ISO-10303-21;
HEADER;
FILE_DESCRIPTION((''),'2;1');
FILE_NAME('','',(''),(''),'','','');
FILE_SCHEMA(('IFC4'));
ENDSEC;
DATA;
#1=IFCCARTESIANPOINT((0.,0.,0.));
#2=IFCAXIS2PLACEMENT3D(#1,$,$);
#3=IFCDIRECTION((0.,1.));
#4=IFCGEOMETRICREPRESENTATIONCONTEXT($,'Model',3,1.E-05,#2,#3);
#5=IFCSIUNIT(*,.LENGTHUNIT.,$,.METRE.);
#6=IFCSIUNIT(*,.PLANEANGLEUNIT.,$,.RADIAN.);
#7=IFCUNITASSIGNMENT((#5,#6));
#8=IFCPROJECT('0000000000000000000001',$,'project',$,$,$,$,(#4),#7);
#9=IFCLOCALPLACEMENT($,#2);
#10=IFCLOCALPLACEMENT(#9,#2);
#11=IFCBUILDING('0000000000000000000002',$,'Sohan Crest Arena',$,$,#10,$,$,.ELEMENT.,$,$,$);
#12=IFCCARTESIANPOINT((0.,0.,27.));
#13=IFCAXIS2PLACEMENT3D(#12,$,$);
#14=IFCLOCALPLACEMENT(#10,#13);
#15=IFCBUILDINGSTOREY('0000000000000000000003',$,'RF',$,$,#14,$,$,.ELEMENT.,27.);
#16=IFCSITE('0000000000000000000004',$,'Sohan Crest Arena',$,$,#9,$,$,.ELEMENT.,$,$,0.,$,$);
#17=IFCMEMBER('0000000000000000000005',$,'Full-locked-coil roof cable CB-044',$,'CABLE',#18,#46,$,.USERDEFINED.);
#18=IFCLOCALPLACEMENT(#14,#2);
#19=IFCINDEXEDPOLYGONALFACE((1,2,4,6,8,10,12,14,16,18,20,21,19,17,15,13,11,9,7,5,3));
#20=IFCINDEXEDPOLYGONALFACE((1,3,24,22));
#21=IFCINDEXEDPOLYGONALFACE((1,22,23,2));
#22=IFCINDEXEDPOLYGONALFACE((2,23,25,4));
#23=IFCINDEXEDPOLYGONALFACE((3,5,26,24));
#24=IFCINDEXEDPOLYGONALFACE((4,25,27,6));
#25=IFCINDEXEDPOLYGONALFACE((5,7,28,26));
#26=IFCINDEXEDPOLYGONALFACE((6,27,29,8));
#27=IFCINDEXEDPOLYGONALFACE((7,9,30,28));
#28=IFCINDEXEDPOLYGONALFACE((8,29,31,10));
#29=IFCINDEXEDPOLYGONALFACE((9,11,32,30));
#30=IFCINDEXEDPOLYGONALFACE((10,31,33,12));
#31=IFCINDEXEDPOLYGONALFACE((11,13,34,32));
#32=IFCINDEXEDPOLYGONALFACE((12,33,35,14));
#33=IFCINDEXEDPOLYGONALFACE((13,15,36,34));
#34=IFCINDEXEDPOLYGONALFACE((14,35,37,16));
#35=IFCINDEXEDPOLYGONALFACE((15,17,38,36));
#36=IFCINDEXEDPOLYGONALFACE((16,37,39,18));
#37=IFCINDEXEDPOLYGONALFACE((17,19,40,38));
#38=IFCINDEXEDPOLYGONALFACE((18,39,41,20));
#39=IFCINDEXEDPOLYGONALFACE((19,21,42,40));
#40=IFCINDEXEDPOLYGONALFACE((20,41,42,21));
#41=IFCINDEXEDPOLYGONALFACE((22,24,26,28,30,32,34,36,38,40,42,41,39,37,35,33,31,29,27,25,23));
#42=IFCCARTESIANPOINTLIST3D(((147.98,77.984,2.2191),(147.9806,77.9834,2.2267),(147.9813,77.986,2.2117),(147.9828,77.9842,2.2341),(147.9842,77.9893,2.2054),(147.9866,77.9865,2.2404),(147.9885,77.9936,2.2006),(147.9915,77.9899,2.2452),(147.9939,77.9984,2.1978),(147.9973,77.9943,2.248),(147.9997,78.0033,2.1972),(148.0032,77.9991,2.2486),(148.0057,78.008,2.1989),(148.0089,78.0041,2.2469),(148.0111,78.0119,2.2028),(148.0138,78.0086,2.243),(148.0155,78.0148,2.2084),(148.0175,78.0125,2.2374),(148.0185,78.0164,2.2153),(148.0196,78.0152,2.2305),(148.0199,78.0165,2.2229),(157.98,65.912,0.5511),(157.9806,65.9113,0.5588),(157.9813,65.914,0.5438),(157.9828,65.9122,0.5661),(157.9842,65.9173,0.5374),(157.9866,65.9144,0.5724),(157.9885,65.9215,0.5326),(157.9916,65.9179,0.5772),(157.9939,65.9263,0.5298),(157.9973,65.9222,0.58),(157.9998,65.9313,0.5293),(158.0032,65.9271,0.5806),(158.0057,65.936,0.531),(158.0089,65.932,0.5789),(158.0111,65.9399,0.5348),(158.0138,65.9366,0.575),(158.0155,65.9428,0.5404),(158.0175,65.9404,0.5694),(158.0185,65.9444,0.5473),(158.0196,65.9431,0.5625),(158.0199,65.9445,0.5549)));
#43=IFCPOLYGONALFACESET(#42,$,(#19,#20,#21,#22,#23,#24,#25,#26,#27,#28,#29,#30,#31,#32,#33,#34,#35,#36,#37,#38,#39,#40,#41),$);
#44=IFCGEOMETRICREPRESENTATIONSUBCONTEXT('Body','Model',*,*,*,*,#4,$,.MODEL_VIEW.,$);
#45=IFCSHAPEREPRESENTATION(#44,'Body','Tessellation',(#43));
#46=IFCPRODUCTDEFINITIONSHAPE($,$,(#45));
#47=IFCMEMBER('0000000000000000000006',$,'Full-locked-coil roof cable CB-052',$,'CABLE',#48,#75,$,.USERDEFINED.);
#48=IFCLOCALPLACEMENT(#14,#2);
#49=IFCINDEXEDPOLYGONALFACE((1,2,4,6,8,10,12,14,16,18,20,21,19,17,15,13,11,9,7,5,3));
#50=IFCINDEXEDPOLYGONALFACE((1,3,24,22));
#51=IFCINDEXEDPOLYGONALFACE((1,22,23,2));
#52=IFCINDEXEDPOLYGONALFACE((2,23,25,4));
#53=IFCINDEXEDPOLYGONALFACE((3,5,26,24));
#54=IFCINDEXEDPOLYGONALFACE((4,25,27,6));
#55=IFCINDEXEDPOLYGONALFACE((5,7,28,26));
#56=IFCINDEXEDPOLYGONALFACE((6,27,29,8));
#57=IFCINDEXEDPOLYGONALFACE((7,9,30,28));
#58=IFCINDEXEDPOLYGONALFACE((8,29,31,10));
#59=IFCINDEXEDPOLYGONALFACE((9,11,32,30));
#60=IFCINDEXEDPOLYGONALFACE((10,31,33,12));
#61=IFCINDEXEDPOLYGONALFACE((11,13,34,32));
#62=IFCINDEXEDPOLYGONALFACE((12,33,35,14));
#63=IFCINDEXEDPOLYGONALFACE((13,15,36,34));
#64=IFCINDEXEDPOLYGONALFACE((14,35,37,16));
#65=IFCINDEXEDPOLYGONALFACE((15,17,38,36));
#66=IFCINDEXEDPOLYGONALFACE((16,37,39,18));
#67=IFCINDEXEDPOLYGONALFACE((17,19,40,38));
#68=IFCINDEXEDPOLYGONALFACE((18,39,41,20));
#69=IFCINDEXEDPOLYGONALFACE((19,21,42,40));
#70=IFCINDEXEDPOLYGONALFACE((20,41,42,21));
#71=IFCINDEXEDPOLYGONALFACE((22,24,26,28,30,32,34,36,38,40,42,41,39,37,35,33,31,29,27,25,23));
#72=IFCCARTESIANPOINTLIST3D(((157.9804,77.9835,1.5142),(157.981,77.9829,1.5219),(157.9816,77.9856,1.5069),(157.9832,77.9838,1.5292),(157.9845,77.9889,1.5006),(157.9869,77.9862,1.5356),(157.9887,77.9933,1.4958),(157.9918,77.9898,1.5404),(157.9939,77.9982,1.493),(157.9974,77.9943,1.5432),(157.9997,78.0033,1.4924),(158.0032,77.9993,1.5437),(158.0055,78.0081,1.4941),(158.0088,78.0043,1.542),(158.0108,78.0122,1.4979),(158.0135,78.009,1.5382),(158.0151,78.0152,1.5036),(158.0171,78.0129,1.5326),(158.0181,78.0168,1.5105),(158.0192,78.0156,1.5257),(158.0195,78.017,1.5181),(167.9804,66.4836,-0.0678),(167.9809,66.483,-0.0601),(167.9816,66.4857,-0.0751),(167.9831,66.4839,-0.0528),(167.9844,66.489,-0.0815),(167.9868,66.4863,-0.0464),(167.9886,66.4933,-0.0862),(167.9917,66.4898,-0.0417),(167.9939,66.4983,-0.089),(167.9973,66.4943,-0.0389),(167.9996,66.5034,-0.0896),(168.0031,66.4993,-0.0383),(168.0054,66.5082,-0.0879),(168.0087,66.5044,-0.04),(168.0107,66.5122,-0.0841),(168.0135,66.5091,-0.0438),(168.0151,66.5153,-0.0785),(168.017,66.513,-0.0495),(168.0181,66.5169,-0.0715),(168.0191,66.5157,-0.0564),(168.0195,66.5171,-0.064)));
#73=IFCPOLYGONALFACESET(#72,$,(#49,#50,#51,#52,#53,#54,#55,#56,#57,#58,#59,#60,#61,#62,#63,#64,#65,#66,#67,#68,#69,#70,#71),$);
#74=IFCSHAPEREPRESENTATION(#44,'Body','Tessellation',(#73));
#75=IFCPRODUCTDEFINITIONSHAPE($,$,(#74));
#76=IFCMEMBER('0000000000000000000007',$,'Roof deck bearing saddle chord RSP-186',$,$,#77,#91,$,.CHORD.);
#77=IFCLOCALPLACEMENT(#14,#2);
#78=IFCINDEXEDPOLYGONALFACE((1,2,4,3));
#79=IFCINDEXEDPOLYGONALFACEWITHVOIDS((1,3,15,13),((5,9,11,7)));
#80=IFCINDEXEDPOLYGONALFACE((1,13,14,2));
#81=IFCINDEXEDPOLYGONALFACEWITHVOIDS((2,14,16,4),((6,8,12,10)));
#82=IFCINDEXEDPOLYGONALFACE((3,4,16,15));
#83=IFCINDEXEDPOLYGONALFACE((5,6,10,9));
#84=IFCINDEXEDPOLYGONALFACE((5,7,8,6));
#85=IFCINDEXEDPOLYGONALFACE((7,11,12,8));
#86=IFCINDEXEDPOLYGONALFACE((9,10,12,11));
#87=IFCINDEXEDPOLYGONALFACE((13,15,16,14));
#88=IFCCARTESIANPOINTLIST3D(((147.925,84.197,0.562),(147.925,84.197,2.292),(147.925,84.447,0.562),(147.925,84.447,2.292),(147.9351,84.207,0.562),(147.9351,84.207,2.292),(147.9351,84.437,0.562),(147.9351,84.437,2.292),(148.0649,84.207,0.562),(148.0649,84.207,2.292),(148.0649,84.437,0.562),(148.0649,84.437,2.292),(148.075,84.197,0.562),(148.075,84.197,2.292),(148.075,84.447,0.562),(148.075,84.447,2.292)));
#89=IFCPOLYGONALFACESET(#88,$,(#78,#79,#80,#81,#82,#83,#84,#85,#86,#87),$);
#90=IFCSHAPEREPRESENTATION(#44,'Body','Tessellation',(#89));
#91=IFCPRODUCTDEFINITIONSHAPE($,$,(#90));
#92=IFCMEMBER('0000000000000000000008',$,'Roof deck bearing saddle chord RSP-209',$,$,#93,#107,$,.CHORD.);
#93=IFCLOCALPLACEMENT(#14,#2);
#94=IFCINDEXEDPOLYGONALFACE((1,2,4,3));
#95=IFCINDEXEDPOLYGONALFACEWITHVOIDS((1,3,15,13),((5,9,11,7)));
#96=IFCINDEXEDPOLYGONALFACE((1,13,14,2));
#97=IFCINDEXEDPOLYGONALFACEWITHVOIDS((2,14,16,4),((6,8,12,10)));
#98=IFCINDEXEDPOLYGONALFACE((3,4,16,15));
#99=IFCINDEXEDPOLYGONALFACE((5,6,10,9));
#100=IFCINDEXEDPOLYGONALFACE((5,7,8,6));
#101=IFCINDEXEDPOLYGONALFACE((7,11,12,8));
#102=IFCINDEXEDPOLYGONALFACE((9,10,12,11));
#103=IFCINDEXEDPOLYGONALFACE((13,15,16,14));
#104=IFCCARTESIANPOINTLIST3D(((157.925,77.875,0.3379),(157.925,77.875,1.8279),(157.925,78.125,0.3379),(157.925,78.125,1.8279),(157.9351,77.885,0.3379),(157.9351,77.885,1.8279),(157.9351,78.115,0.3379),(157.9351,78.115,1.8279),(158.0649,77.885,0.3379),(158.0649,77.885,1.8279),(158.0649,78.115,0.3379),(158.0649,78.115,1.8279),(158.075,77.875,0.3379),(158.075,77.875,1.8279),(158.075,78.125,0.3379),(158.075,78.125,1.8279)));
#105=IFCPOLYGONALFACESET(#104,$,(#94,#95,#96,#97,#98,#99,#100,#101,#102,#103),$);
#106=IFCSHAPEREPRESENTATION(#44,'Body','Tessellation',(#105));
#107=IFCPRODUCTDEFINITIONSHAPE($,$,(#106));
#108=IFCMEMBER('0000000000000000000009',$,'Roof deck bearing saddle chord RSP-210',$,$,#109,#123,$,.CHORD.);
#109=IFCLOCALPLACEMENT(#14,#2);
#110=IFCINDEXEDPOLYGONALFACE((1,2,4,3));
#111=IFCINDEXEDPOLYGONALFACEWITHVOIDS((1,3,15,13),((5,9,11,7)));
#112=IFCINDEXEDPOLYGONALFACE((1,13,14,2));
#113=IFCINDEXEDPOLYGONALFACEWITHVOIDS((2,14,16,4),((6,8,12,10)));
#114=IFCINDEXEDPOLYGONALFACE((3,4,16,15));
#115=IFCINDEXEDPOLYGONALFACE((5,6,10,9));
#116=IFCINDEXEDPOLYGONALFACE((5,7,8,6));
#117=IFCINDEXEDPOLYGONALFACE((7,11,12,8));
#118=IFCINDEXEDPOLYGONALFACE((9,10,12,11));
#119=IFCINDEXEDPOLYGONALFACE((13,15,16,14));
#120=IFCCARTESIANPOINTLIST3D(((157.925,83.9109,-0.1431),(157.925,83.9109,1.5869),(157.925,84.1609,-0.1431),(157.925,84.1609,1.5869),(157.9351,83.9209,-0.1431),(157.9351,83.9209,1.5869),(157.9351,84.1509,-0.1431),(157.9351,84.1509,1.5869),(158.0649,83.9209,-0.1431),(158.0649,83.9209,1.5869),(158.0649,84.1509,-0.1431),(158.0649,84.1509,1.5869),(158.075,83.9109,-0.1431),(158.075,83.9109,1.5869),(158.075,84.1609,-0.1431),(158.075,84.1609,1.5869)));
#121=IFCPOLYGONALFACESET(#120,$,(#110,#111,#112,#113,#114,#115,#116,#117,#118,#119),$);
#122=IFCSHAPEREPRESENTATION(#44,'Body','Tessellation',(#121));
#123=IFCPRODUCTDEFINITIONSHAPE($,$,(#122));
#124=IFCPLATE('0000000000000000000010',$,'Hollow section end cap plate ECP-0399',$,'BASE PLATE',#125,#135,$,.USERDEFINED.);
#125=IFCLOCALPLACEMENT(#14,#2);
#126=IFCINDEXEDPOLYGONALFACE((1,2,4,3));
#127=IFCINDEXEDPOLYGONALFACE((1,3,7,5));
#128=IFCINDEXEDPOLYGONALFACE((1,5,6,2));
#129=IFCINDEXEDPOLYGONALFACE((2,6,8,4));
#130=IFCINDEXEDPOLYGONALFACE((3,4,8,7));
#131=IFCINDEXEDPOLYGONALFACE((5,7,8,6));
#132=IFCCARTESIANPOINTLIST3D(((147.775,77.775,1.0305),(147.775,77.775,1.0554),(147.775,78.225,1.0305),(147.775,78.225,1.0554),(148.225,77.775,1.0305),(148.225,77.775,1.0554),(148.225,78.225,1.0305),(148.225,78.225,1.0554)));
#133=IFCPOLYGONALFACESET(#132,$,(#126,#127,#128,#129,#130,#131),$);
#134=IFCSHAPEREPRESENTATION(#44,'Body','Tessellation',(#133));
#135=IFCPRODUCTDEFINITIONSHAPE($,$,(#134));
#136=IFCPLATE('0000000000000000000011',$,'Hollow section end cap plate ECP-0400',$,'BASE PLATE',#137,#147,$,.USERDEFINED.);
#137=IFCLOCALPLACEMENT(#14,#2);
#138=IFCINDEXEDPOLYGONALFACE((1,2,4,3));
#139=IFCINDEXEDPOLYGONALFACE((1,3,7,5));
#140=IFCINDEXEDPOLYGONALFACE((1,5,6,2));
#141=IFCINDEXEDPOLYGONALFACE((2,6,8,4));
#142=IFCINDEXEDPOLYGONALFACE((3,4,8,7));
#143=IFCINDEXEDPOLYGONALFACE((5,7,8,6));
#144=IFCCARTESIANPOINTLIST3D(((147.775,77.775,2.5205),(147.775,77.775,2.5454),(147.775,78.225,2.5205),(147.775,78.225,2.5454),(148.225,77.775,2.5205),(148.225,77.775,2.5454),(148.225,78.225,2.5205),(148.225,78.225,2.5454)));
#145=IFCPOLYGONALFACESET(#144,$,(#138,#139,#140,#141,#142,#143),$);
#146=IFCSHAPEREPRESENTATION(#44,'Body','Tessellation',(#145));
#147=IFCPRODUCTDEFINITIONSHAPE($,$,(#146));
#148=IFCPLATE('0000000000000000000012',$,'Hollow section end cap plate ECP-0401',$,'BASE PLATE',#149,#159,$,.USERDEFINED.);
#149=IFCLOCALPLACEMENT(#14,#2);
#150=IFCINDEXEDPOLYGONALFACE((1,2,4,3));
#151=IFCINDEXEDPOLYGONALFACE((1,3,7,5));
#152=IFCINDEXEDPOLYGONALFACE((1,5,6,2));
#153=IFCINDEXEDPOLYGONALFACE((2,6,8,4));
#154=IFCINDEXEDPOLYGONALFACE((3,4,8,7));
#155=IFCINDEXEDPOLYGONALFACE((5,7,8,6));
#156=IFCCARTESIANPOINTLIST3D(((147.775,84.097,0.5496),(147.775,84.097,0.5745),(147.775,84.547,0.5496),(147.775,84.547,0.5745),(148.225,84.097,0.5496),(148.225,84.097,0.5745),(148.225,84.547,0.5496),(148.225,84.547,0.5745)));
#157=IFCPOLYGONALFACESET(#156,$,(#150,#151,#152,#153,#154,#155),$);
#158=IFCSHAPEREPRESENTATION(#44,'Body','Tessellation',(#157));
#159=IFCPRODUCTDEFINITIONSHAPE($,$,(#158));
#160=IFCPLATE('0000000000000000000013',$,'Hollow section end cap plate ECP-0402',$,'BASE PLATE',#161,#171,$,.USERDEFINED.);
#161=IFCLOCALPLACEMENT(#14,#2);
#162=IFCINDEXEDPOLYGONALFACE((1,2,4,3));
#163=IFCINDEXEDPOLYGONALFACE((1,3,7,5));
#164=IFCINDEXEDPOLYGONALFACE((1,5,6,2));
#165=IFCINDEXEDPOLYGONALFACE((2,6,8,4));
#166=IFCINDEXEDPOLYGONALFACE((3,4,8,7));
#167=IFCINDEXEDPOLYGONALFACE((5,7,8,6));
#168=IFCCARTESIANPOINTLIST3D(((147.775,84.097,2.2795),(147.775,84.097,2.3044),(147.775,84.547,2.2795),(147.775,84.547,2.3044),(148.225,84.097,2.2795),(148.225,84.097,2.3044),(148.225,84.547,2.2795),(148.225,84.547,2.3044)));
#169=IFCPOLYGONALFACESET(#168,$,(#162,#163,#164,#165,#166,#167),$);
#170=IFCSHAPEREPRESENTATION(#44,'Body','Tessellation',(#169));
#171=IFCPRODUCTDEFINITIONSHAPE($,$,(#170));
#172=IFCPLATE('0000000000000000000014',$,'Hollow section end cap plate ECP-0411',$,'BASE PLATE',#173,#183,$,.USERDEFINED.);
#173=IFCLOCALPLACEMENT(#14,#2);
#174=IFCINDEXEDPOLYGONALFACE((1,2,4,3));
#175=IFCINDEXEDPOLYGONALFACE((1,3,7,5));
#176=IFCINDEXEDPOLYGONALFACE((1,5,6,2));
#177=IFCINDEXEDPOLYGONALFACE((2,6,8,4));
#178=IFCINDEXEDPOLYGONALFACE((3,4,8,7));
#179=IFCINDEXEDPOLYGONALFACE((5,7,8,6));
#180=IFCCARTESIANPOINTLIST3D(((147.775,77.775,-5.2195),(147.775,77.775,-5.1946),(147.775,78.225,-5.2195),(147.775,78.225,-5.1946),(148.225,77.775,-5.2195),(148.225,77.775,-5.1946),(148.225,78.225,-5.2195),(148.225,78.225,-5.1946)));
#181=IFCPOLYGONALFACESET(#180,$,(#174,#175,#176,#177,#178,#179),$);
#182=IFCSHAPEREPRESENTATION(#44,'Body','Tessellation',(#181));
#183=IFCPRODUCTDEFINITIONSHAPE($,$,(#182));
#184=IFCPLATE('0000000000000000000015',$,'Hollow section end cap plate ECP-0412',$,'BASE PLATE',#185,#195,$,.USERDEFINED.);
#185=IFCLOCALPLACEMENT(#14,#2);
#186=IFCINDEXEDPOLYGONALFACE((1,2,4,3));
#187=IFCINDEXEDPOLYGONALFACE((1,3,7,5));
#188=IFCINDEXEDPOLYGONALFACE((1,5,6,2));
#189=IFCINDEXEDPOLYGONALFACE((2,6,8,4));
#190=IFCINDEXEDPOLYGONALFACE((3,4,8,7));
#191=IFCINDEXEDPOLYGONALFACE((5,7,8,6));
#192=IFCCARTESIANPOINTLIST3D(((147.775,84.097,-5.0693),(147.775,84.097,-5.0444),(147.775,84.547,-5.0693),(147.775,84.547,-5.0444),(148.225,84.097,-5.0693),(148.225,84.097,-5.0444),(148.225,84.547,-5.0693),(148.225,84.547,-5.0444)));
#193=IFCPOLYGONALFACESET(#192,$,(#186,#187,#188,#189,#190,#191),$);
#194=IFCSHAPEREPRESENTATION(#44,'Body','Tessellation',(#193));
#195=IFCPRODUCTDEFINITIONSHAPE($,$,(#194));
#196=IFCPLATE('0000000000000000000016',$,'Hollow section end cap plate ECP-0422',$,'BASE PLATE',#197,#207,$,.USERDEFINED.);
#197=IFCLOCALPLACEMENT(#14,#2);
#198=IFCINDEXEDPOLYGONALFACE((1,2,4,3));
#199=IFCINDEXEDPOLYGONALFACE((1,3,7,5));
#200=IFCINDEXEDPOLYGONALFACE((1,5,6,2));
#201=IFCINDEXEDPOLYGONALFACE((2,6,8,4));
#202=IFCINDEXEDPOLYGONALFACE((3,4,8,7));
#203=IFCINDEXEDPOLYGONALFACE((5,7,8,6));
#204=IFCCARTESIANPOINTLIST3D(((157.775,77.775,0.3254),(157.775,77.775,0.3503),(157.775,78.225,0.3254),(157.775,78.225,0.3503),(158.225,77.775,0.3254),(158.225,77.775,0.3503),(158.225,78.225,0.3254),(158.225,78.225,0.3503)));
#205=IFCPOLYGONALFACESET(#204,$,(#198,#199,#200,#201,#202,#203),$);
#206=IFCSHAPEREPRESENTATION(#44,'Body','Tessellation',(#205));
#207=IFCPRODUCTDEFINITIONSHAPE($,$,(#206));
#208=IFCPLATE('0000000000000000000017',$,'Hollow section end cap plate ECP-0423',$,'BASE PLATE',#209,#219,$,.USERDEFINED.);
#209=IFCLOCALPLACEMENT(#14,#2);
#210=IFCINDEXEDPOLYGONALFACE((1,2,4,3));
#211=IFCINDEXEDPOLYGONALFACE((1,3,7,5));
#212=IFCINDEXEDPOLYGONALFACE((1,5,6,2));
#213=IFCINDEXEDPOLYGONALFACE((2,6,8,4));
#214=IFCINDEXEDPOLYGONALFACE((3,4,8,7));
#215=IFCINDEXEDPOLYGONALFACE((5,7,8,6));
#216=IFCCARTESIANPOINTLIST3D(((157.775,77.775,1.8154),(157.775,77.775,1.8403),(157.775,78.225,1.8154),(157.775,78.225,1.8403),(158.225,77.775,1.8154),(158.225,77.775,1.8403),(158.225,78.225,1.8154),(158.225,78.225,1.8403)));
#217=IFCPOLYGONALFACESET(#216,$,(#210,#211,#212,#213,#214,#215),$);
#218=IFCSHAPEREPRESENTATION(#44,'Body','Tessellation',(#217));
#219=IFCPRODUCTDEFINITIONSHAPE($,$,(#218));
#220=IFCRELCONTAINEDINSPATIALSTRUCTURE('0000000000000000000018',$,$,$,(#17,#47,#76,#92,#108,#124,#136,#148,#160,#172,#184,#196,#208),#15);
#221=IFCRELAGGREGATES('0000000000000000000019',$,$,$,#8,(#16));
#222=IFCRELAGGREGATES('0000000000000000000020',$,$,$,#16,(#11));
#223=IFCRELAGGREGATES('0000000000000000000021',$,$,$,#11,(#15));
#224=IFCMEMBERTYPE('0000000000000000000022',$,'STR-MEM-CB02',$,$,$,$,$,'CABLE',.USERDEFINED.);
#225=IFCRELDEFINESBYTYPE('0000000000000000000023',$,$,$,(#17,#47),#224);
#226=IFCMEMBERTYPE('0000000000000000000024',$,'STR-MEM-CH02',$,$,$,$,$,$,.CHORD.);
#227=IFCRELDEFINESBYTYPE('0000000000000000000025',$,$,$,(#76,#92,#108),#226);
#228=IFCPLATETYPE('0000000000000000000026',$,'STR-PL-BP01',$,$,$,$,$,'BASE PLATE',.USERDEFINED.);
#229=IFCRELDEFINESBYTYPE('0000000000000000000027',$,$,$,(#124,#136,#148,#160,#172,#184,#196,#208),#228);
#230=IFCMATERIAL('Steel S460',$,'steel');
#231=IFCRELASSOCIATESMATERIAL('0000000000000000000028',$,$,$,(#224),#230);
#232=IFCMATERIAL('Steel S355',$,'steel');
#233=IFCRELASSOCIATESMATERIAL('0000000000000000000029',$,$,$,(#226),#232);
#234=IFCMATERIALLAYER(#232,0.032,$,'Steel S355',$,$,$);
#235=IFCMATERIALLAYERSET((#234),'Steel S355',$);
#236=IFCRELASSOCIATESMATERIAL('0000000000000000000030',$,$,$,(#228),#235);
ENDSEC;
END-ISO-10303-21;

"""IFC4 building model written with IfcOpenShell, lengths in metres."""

from ifc_helpers import new_model, si_unit, direction, frame, origin, origin_2d, place, context, subcontext, project, spatial, rectangle, hollow_rectangle, circle, extrude, material, layer, layer_set, material_profile, profile_set, type_object, element, save


model = new_model("IFC4")

# Units and contexts
model_context = context("Model", 3, precision=1e-05, world=origin(), true_north=direction((0.0, 1.0)))
body_context = subcontext(model_context, "Body", "Model", "MODEL_VIEW")
ifc_project = project(units=[si_unit("LENGTHUNIT", "METRE"), si_unit("PLANEANGLEUNIT", "RADIAN")], contexts=[model_context])

# Site, building, storey
site_placement = place(None, origin())
site = spatial("IfcSite", under=ifc_project, at=site_placement, Name="Sohan Crest Arena", CompositionType="ELEMENT", RefElevation=0.0)
building_placement = place(site_placement, origin())
building = spatial("IfcBuilding", under=site, at=building_placement, Name="Sohan Crest Arena", CompositionType="ELEMENT")
storey_placement = place(building_placement, frame((0.0, 0.0, 27.0)))
storey = spatial("IfcBuildingStorey", under=building, at=storey_placement, Name="RF", CompositionType="ELEMENT", Elevation=27.0)

# Shared definitions
ifc_material_1 = material(Name="Steel S355", Category="steel")

# Members
ifc_material_2 = material(Name="Steel S460", Category="steel")
ifc_material_profile_1 = material_profile(ifc_material_2, circle(Radius=0.0259, at=origin_2d()), Name="FLC D52")
ifc_profile_set_1 = profile_set([ifc_material_profile_1], Name="Steel S460")
member_type_1 = type_object("IfcMemberType", Name="STR-MEM-CB02", ElementType="CABLE", PredefinedType="USERDEFINED", material=ifc_profile_set_1)
member_1_placement = place(storey_placement, frame((148.0, 78.0, 2.2229), z_axis=(0.634341, -0.765778, -0.105806), x_axis=(0.770101, 0.637922, 0.0)))
element("IfcMember", 1, at=member_1_placement, inside=storey, type_object=member_type_1, Name="Full-locked-coil roof cable CB-044", ObjectType="CABLE", PredefinedType="USERDEFINED", context=body_context, shape_type="SweptSolid", body=[
    extrude(circle(Radius=0.0259, at=origin_2d()), origin(), (0.0, 0.0, 1.0), 15.7644),
])
member_2_placement = place(storey_placement, frame((158.0, 78.0, 1.5181), z_axis=(0.652671, -0.750572, -0.103255), x_axis=(0.754606, 0.656179, 0.0)))
element("IfcMember", 2, at=member_2_placement, inside=storey, type_object=member_type_1, Name="Full-locked-coil roof cable CB-052", ObjectType="CABLE", PredefinedType="USERDEFINED", context=body_context, shape_type="SweptSolid", body=[
    extrude(circle(Radius=0.0259, at=origin_2d()), origin(), (0.0, 0.0, 1.0), 15.3215),
])
ifc_material_profile_2 = material_profile(ifc_material_1, hollow_rectangle(XDim=0.1499, YDim=0.25, WallThickness=0.01, at=origin_2d()), Name="RHS 250x150x10")
ifc_profile_set_2 = profile_set([ifc_material_profile_2], Name="Steel S355")
member_type_2 = type_object("IfcMemberType", Name="STR-MEM-CH02", PredefinedType="CHORD", material=ifc_profile_set_2)
member_3_placement = place(storey_placement, frame((148.0, 84.322, 0.562), z_axis=(0.0, 0.0, 1.0), x_axis=(1.0, 0.0, 0.0)))
element("IfcMember", 3, at=member_3_placement, inside=storey, type_object=member_type_2, Name="Roof deck bearing saddle chord RSP-186", PredefinedType="CHORD", context=body_context, shape_type="SweptSolid", body=[
    extrude(hollow_rectangle(XDim=0.1499, YDim=0.25, WallThickness=0.01, at=origin_2d()), origin(), (0.0, 0.0, 1.0), 1.73),
])
member_4_placement = place(storey_placement, frame((158.0, 78.0, 0.3379), z_axis=(0.0, 0.0, 1.0), x_axis=(1.0, 0.0, 0.0)))
element("IfcMember", 4, at=member_4_placement, inside=storey, type_object=member_type_2, Name="Roof deck bearing saddle chord RSP-209", PredefinedType="CHORD", context=body_context, shape_type="SweptSolid", body=[
    extrude(hollow_rectangle(XDim=0.1499, YDim=0.25, WallThickness=0.01, at=origin_2d()), origin(), (0.0, 0.0, 1.0), 1.49),
])
member_5_placement = place(storey_placement, frame((158.0, 84.0359, -0.1431), z_axis=(0.0, 0.0, 1.0), x_axis=(1.0, 0.0, 0.0)))
element("IfcMember", 5, at=member_5_placement, inside=storey, type_object=member_type_2, Name="Roof deck bearing saddle chord RSP-210", PredefinedType="CHORD", context=body_context, shape_type="SweptSolid", body=[
    extrude(hollow_rectangle(XDim=0.1499, YDim=0.25, WallThickness=0.01, at=origin_2d()), origin(), (0.0, 0.0, 1.0), 1.73),
])

# Plates
ifc_layer = layer(ifc_material_1, 0.032, Name="Steel S355")
ifc_layer_set = layer_set([ifc_layer], Name="Steel S355")
plate_type = type_object("IfcPlateType", Name="STR-PL-BP01", ElementType="BASE PLATE", PredefinedType="USERDEFINED", material=ifc_layer_set)
for number, where, z_axis, x_axis, name in (
    (6, (148.0, 78.0, 1.0305), (0.0, 0.0, 1.0), (1.0, 0.0, 0.0), "Hollow section end cap plate ECP-0399"),
    (7, (148.0, 78.0, 2.5205), (0.0, 0.0, 1.0), (1.0, 0.0, 0.0), "Hollow section end cap plate ECP-0400"),
    (8, (148.0, 84.322, 0.5496), (0.0, 0.0, 1.0), (1.0, 0.0, 0.0), "Hollow section end cap plate ECP-0401"),
    (9, (148.0, 84.322, 2.2795), (0.0, 0.0, 1.0), (1.0, 0.0, 0.0), "Hollow section end cap plate ECP-0402"),
    (10, (148.0, 78.0, -5.2195), (0.0, 0.0, 1.0), (1.0, 0.0, 0.0), "Hollow section end cap plate ECP-0411"),
    (11, (148.0, 84.322, -5.0693), (0.0, 0.0, 1.0), (1.0, 0.0, 0.0), "Hollow section end cap plate ECP-0412"),
    (12, (158.0, 78.0, 0.3254), (0.0, 0.0, 1.0), (1.0, 0.0, 0.0), "Hollow section end cap plate ECP-0422"),
    (13, (158.0, 78.0, 1.8154), (0.0, 0.0, 1.0), (1.0, 0.0, 0.0), "Hollow section end cap plate ECP-0423"),
):
    element("IfcPlate", number, at=place(storey_placement, frame(where, z_axis=z_axis, x_axis=x_axis)), inside=storey, type_object=plate_type, Name=name, ObjectType="BASE PLATE", PredefinedType="USERDEFINED", context=body_context, shape_type="SweptSolid", body=[
        extrude(rectangle(XDim=0.45, YDim=0.45, at=origin_2d()), origin(), (0.0, 0.0, 1.0), 0.0249),
    ])

save(model, "model.ifc")
